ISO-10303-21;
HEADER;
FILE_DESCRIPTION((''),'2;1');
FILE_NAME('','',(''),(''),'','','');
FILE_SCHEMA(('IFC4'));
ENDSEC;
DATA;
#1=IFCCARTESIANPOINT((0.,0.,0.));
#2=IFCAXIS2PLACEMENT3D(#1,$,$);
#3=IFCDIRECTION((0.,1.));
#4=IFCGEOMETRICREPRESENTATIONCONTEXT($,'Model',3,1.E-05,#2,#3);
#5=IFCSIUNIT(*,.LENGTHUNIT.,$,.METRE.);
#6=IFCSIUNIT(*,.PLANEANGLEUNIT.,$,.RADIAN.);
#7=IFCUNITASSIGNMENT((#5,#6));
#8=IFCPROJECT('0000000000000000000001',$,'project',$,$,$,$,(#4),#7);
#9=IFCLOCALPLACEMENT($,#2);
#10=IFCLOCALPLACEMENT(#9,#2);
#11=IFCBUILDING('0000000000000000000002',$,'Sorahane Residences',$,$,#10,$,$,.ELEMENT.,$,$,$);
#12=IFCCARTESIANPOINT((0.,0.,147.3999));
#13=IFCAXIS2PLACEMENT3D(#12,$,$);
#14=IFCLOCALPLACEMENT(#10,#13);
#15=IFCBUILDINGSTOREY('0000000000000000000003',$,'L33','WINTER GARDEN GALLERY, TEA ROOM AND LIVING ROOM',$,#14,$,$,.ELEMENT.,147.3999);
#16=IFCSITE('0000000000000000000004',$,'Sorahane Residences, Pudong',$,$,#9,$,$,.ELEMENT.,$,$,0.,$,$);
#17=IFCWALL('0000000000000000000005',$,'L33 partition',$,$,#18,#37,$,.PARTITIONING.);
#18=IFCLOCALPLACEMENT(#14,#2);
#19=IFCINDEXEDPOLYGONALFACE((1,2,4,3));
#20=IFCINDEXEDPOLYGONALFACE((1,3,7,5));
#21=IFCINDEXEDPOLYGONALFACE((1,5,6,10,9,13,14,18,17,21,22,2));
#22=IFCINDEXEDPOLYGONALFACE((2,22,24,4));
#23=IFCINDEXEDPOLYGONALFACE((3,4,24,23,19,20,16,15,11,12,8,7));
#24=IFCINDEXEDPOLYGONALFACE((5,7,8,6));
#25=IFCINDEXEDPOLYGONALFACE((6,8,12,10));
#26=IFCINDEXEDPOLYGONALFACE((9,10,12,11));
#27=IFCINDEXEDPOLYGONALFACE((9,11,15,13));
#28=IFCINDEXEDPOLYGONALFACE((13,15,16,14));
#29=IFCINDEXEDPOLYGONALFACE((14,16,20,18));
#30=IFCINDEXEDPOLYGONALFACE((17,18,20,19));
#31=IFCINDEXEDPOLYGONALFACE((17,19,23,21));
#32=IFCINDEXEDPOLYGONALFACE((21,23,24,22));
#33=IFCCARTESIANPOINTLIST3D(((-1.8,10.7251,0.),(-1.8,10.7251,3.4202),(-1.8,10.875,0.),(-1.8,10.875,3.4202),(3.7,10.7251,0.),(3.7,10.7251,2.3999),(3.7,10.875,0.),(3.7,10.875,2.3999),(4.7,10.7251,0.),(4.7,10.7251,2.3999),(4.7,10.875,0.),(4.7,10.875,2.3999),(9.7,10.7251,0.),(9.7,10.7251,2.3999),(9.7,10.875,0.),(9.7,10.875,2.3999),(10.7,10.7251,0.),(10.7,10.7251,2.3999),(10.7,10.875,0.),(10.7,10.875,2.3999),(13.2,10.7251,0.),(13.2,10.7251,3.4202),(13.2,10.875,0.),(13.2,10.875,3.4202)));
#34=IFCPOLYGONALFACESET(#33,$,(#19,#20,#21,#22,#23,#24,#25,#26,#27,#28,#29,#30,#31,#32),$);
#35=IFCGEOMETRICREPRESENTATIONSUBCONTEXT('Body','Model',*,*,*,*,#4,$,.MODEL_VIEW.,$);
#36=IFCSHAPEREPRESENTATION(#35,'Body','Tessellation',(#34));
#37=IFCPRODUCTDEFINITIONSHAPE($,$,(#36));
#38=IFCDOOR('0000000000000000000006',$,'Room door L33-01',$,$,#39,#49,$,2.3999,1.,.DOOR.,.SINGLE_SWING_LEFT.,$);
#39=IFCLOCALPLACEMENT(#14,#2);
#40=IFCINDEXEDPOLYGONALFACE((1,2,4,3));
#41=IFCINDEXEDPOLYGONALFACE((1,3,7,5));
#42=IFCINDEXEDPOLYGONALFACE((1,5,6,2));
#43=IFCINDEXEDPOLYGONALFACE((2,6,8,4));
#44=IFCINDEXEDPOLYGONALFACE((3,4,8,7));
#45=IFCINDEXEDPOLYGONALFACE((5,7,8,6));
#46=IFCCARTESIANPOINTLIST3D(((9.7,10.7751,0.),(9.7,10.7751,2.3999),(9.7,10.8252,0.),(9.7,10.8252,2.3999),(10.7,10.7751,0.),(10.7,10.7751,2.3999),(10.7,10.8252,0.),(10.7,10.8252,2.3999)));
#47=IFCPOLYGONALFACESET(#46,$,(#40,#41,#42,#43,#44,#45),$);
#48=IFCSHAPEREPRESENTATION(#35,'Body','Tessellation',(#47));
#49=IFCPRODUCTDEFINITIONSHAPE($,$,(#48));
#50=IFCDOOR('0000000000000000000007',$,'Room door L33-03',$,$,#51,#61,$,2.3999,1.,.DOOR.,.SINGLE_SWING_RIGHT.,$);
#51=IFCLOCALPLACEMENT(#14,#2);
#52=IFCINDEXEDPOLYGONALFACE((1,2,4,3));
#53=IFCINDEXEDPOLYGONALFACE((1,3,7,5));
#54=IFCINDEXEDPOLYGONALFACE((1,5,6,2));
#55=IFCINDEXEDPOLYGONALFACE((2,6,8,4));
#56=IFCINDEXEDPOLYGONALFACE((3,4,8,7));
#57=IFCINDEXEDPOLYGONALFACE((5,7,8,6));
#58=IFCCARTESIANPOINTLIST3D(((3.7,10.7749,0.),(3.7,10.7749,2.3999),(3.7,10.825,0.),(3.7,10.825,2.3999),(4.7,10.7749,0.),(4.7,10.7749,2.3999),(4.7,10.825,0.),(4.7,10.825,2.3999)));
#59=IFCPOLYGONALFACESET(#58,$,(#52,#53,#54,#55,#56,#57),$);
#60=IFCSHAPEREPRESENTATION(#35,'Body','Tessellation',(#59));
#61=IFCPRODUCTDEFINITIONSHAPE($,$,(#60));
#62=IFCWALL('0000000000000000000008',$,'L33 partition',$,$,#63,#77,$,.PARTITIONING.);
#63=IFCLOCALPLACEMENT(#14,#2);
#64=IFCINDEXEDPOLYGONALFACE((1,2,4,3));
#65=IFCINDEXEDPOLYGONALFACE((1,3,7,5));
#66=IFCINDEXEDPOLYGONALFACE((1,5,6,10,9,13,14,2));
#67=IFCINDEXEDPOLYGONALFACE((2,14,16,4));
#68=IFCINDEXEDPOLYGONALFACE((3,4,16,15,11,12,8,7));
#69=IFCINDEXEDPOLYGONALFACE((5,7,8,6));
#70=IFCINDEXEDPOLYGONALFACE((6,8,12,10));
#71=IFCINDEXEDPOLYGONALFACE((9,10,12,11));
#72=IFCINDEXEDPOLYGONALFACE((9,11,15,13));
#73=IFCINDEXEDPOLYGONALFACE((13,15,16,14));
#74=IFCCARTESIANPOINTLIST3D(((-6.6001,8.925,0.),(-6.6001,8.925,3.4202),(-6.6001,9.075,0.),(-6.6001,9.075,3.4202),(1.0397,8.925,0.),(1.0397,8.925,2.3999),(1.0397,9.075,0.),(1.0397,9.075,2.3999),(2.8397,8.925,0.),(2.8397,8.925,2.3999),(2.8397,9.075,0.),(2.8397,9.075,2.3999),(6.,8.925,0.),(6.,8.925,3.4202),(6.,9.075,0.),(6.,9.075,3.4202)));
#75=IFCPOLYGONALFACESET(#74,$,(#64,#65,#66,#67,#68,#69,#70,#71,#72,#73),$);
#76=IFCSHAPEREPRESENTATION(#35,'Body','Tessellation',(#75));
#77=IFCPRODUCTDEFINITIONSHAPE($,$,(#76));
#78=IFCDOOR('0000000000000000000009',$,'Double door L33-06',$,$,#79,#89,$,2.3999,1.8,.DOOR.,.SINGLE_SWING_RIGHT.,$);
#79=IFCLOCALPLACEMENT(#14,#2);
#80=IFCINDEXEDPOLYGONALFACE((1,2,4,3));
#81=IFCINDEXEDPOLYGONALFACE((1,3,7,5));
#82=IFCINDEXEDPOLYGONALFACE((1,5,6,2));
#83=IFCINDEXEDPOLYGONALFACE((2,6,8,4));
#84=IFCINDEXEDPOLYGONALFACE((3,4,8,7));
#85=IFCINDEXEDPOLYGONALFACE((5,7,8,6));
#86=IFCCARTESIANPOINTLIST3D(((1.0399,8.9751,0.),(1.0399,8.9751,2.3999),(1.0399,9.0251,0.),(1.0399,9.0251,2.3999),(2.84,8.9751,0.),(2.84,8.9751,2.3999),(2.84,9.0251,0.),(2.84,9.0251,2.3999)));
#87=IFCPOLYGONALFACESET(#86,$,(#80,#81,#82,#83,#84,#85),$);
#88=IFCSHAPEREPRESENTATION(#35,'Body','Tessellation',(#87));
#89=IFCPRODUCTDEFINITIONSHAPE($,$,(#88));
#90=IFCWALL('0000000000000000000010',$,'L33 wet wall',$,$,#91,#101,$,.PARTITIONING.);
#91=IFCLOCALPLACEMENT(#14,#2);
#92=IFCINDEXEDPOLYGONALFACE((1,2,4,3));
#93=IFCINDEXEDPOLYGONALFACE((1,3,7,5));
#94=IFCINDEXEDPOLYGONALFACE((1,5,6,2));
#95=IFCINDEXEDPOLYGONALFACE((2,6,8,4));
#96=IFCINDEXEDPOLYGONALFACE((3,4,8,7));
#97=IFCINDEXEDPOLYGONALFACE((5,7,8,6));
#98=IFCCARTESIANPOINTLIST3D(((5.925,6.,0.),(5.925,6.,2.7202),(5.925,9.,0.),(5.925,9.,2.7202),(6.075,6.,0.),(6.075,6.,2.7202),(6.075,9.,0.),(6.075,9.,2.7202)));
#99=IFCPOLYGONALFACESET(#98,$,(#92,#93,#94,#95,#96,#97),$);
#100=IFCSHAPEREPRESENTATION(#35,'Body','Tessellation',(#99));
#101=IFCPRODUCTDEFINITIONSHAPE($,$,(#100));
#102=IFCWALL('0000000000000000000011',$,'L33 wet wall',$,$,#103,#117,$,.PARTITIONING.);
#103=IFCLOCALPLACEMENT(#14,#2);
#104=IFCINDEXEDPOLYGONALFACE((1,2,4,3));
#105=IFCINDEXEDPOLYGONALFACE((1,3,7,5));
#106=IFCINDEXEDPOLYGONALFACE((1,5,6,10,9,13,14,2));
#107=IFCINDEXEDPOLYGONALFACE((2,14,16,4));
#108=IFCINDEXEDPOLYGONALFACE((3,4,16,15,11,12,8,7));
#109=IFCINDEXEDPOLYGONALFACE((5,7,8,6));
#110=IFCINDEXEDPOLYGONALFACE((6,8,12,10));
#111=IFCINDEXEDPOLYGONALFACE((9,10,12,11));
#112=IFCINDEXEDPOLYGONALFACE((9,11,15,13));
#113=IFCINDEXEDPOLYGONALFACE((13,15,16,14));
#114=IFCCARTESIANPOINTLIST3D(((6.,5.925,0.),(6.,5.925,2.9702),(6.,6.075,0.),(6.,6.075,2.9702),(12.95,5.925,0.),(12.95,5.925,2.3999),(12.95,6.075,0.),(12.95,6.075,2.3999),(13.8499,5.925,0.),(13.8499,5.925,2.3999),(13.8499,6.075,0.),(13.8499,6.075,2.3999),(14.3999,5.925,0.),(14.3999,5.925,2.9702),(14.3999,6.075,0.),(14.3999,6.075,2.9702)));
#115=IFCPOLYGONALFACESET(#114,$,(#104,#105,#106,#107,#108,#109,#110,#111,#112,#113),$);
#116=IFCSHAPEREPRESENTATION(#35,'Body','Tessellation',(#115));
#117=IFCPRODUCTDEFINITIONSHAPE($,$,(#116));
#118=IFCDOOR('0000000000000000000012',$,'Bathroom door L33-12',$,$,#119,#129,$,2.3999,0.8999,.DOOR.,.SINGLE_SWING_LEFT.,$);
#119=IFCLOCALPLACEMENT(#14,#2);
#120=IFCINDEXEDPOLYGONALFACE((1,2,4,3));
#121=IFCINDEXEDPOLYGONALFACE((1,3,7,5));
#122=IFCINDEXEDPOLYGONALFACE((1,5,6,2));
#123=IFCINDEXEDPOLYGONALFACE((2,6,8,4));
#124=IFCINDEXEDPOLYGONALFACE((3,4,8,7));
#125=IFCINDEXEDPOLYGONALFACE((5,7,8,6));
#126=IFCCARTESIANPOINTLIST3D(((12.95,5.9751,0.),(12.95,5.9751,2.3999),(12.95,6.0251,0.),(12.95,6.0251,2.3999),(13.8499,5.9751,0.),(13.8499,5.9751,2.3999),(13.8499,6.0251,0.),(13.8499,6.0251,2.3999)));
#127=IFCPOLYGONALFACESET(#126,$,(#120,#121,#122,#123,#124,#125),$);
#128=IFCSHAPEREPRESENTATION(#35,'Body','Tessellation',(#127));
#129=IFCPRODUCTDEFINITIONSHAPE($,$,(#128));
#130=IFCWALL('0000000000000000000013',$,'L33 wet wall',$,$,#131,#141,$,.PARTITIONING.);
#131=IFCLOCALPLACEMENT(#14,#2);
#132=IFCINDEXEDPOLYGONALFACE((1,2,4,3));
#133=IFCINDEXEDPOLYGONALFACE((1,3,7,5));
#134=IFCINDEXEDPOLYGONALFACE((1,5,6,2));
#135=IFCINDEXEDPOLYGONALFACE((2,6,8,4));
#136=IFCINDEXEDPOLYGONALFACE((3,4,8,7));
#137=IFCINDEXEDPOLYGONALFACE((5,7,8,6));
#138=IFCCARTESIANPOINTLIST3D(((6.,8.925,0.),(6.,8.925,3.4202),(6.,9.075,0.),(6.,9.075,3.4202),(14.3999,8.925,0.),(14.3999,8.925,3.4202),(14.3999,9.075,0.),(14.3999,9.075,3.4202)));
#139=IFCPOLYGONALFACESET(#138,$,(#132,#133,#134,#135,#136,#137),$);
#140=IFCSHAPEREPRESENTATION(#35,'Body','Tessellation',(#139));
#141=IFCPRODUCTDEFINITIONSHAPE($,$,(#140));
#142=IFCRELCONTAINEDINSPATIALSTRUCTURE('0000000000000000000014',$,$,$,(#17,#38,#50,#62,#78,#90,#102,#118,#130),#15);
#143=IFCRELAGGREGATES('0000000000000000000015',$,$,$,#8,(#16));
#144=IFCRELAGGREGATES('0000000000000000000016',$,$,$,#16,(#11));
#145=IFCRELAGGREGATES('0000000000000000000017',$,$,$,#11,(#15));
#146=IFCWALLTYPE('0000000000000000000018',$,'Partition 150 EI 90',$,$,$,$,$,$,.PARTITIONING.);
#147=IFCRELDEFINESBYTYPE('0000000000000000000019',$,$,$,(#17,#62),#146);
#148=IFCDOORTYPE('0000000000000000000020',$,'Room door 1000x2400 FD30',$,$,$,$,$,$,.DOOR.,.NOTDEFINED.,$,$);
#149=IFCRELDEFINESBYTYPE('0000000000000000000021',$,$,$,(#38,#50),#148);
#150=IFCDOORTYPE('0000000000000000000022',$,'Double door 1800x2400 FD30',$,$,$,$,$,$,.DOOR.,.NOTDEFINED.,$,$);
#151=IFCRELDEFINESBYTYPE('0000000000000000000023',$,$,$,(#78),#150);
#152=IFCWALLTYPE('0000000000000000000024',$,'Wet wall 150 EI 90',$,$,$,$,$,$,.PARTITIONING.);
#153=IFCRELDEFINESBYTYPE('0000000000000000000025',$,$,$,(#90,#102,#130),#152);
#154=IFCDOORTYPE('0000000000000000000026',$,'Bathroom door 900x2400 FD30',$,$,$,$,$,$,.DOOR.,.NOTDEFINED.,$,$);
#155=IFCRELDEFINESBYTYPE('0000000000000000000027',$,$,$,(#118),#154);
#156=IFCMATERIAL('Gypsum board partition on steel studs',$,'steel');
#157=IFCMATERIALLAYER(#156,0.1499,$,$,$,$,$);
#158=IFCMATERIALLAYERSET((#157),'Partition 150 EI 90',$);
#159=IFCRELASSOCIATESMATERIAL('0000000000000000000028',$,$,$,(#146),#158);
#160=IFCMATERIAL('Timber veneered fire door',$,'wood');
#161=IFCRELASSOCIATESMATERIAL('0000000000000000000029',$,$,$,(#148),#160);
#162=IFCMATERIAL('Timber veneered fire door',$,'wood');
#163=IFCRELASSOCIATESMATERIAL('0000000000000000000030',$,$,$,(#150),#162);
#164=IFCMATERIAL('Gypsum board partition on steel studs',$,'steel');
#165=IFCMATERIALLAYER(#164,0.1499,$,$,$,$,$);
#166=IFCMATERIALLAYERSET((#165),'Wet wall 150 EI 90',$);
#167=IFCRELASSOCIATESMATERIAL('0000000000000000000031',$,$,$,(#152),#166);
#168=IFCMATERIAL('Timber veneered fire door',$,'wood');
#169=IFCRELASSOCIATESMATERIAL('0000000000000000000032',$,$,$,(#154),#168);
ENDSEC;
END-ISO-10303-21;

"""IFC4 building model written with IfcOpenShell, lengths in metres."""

from ifc_helpers import new_model, si_unit, direction, frame, frame_2d, origin, place, context, subcontext, project, spatial, rectangle, extrude, material, layer, layer_set, type_object, element, fill, save


model = new_model("IFC4")

# Units and contexts
model_context = context("Model", 3, precision=1e-05, world=origin(), true_north=direction((0.0, 1.0)))
body_context = subcontext(model_context, "Body", "Model", "MODEL_VIEW")
ifc_project = project(units=[si_unit("LENGTHUNIT", "METRE"), si_unit("PLANEANGLEUNIT", "RADIAN")], contexts=[model_context])

# Site, building, storey
site_placement = place(None, origin())
site = spatial("IfcSite", under=ifc_project, at=site_placement, Name="Sorahane Residences, Pudong", CompositionType="ELEMENT", RefElevation=0.0)
building_placement = place(site_placement, origin())
building = spatial("IfcBuilding", under=site, at=building_placement, Name="Sorahane Residences", CompositionType="ELEMENT")
storey_placement = place(building_placement, frame((0.0, 0.0, 147.3999)))
storey = spatial("IfcBuildingStorey", under=building, at=storey_placement, Name="L33", Description="WINTER GARDEN GALLERY, TEA ROOM AND LIVING ROOM", CompositionType="ELEMENT", Elevation=147.3999)

# Wall, openings, doors
ifc_material_1 = material(Name="Gypsum board partition on steel studs", Category="steel")
ifc_layer_1 = layer(ifc_material_1, 0.1499)
ifc_layer_set_1 = layer_set([ifc_layer_1], Name="Partition 150 EI 90")
wall_type_1 = type_object("IfcWallType", Name="Partition 150 EI 90", PredefinedType="PARTITIONING", material=ifc_layer_set_1)
wall_1_placement = place(storey_placement, frame((-1.8, 10.8, 0.0), z_axis=(0.0, 0.0, 1.0), x_axis=(1.0, 0.0, 0.0)))
wall_1 = element("IfcWall", 1, at=wall_1_placement, inside=storey, type_object=wall_type_1, Name="L33 partition", PredefinedType="PARTITIONING", context=body_context, shape_type="SweptSolid", body=[
    extrude(rectangle(XDim=15.0, YDim=0.1499, at=frame_2d((7.5, 0.0))), origin(), (0.0, 0.0, 1.0), 3.4202),
])
opening_1_placement = place(wall_1_placement, frame((11.5, 0.0, 0.0)))
opening_1 = element("IfcOpeningElement", 2, at=opening_1_placement, cuts=wall_1, PredefinedType="OPENING", context=body_context, shape_type="SweptSolid", body=[
    extrude(rectangle(XDim=1.0, YDim=2.3999, at=frame_2d((0.5, 1.2))), frame((0.0, 0.085, 0.0), z_axis=(0.0, -1.0, 0.0), x_axis=(1.0, 0.0, 0.0)), (0.0, 0.0, 1.0), 0.1699),
])
opening_2_placement = place(wall_1_placement, frame((5.5, 0.0, 0.0)))
opening_2 = element("IfcOpeningElement", 3, at=opening_2_placement, cuts=wall_1, PredefinedType="OPENING", context=body_context, shape_type="SweptSolid", body=[
    extrude(rectangle(XDim=1.0, YDim=2.3999, at=frame_2d((0.5, 1.2))), frame((0.0, 0.085, 0.0), z_axis=(0.0, -1.0, 0.0), x_axis=(1.0, 0.0, 0.0)), (0.0, 0.0, 1.0), 0.1699),
])
ifc_material_2 = material(Name="Timber veneered fire door", Category="wood")
door_type_1 = type_object("IfcDoorType", Name="Room door 1000x2400 FD30", OperationType="NOTDEFINED", PredefinedType="DOOR", material=ifc_material_2)
door_1_placement = place(opening_1_placement, frame((1.0, 0.0, 0.0), z_axis=(0.0, 0.0, 1.0), x_axis=(-1.0, 0.0, 0.0)))
door_1 = element("IfcDoor", 4, at=door_1_placement, inside=storey, type_object=door_type_1, Name="Room door L33-01", OperationType="SINGLE_SWING_LEFT", OverallHeight=2.3999, OverallWidth=1.0, PredefinedType="DOOR", context=body_context, shape_type="SweptSolid", body=[
    extrude(rectangle(XDim=1.0, YDim=2.3999, at=frame_2d((0.5, 1.2))), frame((0.0, 0.0249, 0.0), z_axis=(0.0, -1.0, 0.0), x_axis=(1.0, 0.0, 0.0)), (0.0, 0.0, 1.0), 0.05),
])
fill(opening_1, door_1)
door_2_placement = place(opening_2_placement, origin())
door_2 = element("IfcDoor", 5, at=door_2_placement, inside=storey, type_object=door_type_1, Name="Room door L33-03", OperationType="SINGLE_SWING_RIGHT", OverallHeight=2.3999, OverallWidth=1.0, PredefinedType="DOOR", context=body_context, shape_type="SweptSolid", body=[
    extrude(rectangle(XDim=1.0, YDim=2.3999, at=frame_2d((0.5, 1.2))), frame((0.0, 0.0249, 0.0), z_axis=(0.0, -1.0, 0.0), x_axis=(1.0, 0.0, 0.0)), (0.0, 0.0, 1.0), 0.05),
])
fill(opening_2, door_2)

# Wall, opening, door
wall_2_placement = place(storey_placement, frame((-6.6001, 9.0, 0.0), z_axis=(0.0, 0.0, 1.0), x_axis=(1.0, 0.0, 0.0)))
wall_2 = element("IfcWall", 6, at=wall_2_placement, inside=storey, type_object=wall_type_1, Name="L33 partition", PredefinedType="PARTITIONING", context=body_context, shape_type="SweptSolid", body=[
    extrude(rectangle(XDim=12.6001, YDim=0.1499, at=frame_2d((6.3, 0.0))), origin(), (0.0, 0.0, 1.0), 3.4202),
])
opening_3_placement = place(wall_2_placement, frame((7.6399, 0.0, 0.0)))
opening_3 = element("IfcOpeningElement", 7, at=opening_3_placement, cuts=wall_2, PredefinedType="OPENING", context=body_context, shape_type="SweptSolid", body=[
    extrude(rectangle(XDim=1.8, YDim=2.3999, at=frame_2d((0.8999, 1.2))), frame((0.0, 0.085, 0.0), z_axis=(0.0, -1.0, 0.0), x_axis=(1.0, 0.0, 0.0)), (0.0, 0.0, 1.0), 0.1699),
])
ifc_material_3 = material(Name="Timber veneered fire door", Category="wood")
door_type_2 = type_object("IfcDoorType", Name="Double door 1800x2400 FD30", OperationType="NOTDEFINED", PredefinedType="DOOR", material=ifc_material_3)
door_3_placement = place(opening_3_placement, frame((1.8, 0.0, 0.0), z_axis=(0.0, 0.0, 1.0), x_axis=(-1.0, 0.0, 0.0)))
door_3 = element("IfcDoor", 8, at=door_3_placement, inside=storey, type_object=door_type_2, Name="Double door L33-06", OperationType="SINGLE_SWING_RIGHT", OverallHeight=2.3999, OverallWidth=1.8, PredefinedType="DOOR", context=body_context, shape_type="SweptSolid", body=[
    extrude(rectangle(XDim=1.8, YDim=2.3999, at=frame_2d((0.8999, 1.2))), frame((0.0, 0.0249, 0.0), z_axis=(0.0, -1.0, 0.0), x_axis=(1.0, 0.0, 0.0)), (0.0, 0.0, 1.0), 0.05),
])
fill(opening_3, door_3)

# Wall
ifc_material_4 = material(Name="Gypsum board partition on steel studs", Category="steel")
ifc_layer_2 = layer(ifc_material_4, 0.1499)
ifc_layer_set_2 = layer_set([ifc_layer_2], Name="Wet wall 150 EI 90")
wall_type_2 = type_object("IfcWallType", Name="Wet wall 150 EI 90", PredefinedType="PARTITIONING", material=ifc_layer_set_2)
wall_3_placement = place(storey_placement, frame((6.0, 6.0, 0.0), z_axis=(0.0, 0.0, 1.0), x_axis=(0.0, 1.0, 0.0)))
element("IfcWall", 9, at=wall_3_placement, inside=storey, type_object=wall_type_2, Name="L33 wet wall", PredefinedType="PARTITIONING", context=body_context, shape_type="SweptSolid", body=[
    extrude(rectangle(XDim=3.0, YDim=0.1499, at=frame_2d((1.5, 0.0))), origin(), (0.0, 0.0, 1.0), 2.7202),
])

# Wall, opening, door
wall_4_placement = place(storey_placement, frame((6.0, 6.0, 0.0), z_axis=(0.0, 0.0, 1.0), x_axis=(1.0, 0.0, 0.0)))
wall_4 = element("IfcWall", 10, at=wall_4_placement, inside=storey, type_object=wall_type_2, Name="L33 wet wall", PredefinedType="PARTITIONING", context=body_context, shape_type="SweptSolid", body=[
    extrude(rectangle(XDim=8.3999, YDim=0.1499, at=frame_2d((4.2, 0.0))), origin(), (0.0, 0.0, 1.0), 2.9702),
])
opening_4_placement = place(wall_4_placement, frame((6.95, 0.0, 0.0)))
opening_4 = element("IfcOpeningElement", 11, at=opening_4_placement, cuts=wall_4, PredefinedType="OPENING", context=body_context, shape_type="SweptSolid", body=[
    extrude(rectangle(XDim=0.8999, YDim=2.3999, at=frame_2d((0.45, 1.2))), frame((0.0, 0.085, 0.0), z_axis=(0.0, -1.0, 0.0), x_axis=(1.0, 0.0, 0.0)), (0.0, 0.0, 1.0), 0.1699),
])
ifc_material_5 = material(Name="Timber veneered fire door", Category="wood")
door_type_3 = type_object("IfcDoorType", Name="Bathroom door 900x2400 FD30", OperationType="NOTDEFINED", PredefinedType="DOOR", material=ifc_material_5)
door_4_placement = place(opening_4_placement, frame((0.8999, 0.0, 0.0), z_axis=(0.0, 0.0, 1.0), x_axis=(-1.0, 0.0, 0.0)))
door_4 = element("IfcDoor", 12, at=door_4_placement, inside=storey, type_object=door_type_3, Name="Bathroom door L33-12", OperationType="SINGLE_SWING_LEFT", OverallHeight=2.3999, OverallWidth=0.8999, PredefinedType="DOOR", context=body_context, shape_type="SweptSolid", body=[
    extrude(rectangle(XDim=0.8999, YDim=2.3999, at=frame_2d((0.45, 1.2))), frame((0.0, 0.0249, 0.0), z_axis=(0.0, -1.0, 0.0), x_axis=(1.0, 0.0, 0.0)), (0.0, 0.0, 1.0), 0.05),
])
fill(opening_4, door_4)

# Wall
wall_5_placement = place(storey_placement, frame((6.0, 9.0, 0.0), z_axis=(0.0, 0.0, 1.0), x_axis=(1.0, 0.0, 0.0)))
element("IfcWall", 13, at=wall_5_placement, inside=storey, type_object=wall_type_2, Name="L33 wet wall", PredefinedType="PARTITIONING", context=body_context, shape_type="SweptSolid", body=[
    extrude(rectangle(XDim=8.3999, YDim=0.1499, at=frame_2d((4.2, 0.0))), origin(), (0.0, 0.0, 1.0), 3.4202),
])

save(model, "model.ifc")
